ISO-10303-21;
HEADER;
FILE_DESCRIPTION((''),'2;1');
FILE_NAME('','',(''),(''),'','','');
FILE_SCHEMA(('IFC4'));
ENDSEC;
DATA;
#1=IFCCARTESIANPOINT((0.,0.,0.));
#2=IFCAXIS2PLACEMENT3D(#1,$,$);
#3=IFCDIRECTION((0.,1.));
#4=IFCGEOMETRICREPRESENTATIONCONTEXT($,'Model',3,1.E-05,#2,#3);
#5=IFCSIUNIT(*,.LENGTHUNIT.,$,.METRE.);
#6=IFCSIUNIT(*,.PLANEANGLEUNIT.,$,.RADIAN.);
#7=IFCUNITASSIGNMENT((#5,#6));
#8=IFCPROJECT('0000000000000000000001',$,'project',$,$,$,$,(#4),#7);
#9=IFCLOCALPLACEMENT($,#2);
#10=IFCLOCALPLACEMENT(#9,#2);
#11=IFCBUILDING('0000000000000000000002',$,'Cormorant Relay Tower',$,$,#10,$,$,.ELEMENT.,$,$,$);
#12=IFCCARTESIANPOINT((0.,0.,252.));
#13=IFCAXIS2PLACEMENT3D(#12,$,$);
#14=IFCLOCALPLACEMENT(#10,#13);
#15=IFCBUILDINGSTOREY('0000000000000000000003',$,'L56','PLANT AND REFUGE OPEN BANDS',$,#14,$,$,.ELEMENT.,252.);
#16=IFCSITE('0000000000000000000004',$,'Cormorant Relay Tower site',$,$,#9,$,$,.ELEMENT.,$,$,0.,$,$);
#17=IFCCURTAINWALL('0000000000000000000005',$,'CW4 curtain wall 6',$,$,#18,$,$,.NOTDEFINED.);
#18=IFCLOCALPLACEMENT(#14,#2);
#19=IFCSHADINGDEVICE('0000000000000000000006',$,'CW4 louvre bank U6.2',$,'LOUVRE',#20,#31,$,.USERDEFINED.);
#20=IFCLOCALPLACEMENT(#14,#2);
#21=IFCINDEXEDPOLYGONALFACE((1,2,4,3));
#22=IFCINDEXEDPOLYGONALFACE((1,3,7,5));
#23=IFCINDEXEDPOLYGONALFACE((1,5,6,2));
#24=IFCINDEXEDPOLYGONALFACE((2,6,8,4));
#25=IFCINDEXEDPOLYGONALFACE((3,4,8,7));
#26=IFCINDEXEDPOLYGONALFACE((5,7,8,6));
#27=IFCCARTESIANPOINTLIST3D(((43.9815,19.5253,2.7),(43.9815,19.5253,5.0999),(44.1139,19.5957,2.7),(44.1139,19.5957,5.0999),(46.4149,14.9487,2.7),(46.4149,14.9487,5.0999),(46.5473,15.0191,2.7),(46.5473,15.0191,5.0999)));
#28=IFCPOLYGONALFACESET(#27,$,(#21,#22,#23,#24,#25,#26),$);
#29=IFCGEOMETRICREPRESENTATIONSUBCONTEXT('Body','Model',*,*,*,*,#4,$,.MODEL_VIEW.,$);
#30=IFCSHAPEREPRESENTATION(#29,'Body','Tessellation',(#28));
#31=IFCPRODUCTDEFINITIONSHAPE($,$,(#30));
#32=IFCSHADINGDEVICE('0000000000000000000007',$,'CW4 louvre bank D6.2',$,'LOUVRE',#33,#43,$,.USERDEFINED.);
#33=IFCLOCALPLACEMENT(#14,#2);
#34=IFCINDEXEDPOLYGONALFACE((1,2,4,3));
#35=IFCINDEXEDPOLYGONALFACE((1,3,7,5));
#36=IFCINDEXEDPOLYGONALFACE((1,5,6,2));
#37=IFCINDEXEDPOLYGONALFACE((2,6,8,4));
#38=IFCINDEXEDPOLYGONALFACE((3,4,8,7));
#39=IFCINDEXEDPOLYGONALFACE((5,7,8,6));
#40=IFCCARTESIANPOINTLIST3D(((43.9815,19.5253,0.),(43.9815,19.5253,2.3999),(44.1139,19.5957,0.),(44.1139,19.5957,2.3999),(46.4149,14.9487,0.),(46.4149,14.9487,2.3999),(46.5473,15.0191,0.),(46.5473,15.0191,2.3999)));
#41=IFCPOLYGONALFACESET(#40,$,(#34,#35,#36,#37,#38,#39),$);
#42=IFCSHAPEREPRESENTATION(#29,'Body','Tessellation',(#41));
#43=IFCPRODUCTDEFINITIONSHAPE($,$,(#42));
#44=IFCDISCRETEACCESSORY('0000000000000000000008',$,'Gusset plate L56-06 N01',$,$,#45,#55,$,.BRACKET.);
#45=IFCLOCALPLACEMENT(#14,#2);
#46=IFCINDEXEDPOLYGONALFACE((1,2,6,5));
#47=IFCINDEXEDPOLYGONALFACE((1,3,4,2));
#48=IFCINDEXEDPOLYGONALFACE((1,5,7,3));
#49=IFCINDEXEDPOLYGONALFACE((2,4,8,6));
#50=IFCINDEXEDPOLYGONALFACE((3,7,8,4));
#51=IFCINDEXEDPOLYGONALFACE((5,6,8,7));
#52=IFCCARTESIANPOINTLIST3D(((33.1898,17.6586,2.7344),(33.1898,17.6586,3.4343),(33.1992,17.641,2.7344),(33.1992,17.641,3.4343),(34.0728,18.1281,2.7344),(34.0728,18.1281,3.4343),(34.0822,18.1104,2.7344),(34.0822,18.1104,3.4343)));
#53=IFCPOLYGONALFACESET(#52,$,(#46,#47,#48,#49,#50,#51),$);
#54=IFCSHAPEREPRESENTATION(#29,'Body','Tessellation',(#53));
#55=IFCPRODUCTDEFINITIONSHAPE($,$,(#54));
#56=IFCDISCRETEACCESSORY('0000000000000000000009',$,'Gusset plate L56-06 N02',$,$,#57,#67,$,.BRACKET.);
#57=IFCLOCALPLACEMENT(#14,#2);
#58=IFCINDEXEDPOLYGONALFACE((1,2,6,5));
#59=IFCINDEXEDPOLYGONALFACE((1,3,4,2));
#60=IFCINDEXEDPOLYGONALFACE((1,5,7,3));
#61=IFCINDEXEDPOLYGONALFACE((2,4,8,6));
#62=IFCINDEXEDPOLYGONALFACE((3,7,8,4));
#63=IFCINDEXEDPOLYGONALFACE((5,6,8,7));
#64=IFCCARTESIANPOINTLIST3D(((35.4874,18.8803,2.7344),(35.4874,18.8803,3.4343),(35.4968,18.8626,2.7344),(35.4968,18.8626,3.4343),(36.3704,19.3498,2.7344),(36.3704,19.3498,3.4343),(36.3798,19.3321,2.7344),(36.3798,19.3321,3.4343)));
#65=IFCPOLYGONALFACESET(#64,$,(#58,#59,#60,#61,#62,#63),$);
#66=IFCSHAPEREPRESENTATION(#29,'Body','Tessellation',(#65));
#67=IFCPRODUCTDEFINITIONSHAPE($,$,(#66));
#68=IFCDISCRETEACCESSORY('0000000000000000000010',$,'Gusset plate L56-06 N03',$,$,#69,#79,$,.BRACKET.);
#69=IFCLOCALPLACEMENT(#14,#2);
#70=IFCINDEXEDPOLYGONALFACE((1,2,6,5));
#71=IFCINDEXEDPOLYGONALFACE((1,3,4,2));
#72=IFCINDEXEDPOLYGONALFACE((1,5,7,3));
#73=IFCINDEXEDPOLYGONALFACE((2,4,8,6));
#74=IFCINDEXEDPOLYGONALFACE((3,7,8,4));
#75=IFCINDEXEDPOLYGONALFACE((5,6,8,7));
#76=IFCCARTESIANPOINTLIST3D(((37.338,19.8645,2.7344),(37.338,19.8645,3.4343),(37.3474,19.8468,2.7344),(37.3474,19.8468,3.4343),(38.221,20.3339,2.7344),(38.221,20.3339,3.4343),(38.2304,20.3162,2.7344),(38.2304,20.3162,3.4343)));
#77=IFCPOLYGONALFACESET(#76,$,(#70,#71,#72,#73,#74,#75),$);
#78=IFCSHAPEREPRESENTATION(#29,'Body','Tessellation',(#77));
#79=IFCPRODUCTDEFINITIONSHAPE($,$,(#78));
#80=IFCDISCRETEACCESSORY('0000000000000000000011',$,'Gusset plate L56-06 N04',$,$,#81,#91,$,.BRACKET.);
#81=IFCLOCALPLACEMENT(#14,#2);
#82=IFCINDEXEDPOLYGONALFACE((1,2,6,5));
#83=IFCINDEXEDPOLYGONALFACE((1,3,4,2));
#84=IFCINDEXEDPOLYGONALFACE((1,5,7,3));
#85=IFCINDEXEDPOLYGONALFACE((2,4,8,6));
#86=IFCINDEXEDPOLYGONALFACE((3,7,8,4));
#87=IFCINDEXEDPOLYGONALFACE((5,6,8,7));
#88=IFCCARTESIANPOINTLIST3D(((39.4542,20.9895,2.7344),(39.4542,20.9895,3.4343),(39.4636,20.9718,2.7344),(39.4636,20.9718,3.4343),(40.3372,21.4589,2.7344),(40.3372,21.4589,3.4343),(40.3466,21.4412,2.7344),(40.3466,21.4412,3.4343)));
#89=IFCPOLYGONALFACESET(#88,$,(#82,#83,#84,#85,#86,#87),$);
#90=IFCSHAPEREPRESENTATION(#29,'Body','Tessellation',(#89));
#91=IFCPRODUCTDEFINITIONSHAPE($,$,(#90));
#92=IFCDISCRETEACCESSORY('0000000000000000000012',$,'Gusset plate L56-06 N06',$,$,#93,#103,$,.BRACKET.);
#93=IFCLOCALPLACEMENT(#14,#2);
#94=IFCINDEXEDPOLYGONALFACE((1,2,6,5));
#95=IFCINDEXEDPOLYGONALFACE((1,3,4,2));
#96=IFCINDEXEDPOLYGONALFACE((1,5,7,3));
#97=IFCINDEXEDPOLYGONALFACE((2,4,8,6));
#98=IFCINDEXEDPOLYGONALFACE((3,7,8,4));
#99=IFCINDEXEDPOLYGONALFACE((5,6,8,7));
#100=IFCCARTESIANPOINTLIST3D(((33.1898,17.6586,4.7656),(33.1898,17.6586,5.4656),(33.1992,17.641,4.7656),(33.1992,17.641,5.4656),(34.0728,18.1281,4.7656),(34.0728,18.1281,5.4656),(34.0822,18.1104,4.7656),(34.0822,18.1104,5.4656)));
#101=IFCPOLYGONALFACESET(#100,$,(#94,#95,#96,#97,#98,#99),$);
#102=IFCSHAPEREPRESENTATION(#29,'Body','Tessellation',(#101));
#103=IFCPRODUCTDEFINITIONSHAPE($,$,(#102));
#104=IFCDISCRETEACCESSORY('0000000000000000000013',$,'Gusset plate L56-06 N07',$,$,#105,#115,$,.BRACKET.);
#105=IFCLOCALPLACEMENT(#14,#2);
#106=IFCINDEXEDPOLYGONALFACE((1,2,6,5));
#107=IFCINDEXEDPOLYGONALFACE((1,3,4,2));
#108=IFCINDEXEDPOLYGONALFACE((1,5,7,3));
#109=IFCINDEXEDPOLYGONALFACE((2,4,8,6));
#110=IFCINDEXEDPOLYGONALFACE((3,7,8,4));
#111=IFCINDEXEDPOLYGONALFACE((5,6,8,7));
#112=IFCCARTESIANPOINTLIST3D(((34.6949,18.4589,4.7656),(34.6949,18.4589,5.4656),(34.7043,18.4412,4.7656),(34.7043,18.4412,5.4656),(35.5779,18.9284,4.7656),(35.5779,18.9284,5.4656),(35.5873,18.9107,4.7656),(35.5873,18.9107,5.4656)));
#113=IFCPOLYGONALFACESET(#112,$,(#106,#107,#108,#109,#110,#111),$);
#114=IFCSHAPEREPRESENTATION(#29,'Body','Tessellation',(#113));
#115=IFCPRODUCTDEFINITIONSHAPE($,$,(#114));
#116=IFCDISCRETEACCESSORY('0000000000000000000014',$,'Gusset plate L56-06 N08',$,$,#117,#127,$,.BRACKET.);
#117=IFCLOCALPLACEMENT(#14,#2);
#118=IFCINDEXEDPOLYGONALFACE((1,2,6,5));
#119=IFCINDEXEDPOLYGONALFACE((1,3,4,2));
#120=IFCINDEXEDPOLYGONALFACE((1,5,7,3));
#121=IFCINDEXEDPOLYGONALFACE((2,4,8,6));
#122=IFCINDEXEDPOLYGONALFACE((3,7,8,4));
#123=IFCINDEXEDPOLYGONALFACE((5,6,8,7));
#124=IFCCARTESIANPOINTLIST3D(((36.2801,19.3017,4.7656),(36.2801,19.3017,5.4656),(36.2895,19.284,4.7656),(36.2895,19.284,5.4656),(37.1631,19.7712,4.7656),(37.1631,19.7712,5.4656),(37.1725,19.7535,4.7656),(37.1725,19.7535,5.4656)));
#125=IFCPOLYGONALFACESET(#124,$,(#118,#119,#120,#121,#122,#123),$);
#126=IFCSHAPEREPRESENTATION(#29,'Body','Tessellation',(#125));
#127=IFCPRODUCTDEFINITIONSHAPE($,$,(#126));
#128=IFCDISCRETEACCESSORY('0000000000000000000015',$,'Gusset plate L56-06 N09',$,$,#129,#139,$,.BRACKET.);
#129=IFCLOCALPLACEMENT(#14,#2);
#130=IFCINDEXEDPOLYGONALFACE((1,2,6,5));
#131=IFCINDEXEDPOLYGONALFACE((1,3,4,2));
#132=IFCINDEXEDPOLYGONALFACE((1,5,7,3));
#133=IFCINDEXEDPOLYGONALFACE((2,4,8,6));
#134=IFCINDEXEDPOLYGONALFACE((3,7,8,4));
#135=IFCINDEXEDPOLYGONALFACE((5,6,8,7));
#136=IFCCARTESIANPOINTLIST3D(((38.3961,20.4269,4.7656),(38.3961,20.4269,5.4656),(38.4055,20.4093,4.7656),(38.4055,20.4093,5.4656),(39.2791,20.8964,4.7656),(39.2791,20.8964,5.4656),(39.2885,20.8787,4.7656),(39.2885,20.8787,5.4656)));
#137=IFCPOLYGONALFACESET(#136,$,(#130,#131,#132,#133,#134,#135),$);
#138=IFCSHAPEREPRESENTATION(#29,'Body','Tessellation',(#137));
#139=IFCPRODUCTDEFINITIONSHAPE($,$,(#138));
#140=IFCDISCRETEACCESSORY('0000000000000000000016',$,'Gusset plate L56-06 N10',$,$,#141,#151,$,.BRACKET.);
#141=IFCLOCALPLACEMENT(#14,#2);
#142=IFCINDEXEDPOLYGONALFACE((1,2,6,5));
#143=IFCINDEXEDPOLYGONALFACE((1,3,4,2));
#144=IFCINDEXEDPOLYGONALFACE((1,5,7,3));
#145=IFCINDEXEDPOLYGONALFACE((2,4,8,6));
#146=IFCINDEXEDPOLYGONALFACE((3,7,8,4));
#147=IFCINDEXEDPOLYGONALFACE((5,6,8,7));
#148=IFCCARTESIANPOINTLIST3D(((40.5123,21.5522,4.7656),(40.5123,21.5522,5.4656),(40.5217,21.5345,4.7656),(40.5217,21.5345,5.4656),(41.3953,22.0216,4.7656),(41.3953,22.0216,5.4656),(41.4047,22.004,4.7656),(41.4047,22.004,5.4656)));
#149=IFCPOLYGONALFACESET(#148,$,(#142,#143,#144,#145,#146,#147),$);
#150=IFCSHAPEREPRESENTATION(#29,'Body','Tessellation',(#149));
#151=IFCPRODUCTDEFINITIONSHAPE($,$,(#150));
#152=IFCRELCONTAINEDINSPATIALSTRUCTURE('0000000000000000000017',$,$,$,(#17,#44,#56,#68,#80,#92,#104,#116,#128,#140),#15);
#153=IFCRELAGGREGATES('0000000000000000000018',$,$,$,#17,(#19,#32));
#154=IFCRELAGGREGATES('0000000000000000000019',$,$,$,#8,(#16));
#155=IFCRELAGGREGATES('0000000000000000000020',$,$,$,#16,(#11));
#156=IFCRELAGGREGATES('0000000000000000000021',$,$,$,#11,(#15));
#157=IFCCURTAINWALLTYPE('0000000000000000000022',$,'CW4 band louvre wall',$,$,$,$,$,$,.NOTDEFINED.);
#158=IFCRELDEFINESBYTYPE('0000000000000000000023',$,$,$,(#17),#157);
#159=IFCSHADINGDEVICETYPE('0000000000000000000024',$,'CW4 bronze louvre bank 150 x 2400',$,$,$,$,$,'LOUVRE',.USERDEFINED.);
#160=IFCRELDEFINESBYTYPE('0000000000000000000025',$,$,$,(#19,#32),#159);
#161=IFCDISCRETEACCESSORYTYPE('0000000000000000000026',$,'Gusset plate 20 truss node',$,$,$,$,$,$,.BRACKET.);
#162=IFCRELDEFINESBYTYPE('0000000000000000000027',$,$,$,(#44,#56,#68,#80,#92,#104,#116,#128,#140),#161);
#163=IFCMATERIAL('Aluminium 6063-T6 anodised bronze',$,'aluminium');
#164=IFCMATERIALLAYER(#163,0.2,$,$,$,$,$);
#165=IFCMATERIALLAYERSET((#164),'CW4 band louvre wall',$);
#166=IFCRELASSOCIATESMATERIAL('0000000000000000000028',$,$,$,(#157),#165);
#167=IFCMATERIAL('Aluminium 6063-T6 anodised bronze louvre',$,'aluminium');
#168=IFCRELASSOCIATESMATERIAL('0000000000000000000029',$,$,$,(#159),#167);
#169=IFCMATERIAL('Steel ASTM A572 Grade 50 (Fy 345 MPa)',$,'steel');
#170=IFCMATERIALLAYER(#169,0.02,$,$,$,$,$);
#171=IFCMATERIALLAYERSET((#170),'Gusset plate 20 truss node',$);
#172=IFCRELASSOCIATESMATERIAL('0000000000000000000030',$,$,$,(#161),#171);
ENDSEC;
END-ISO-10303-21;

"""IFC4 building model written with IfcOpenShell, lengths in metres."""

from ifc_helpers import new_model, si_unit, direction, frame, origin, origin_2d, place, context, subcontext, project, spatial, rectangle, extrude, material, layer, layer_set, type_object, element, aggregate, save


model = new_model("IFC4")

# Units and contexts
model_context = context("Model", 3, precision=1e-05, world=origin(), true_north=direction((0.0, 1.0)))
body_context = subcontext(model_context, "Body", "Model", "MODEL_VIEW")
ifc_project = project(units=[si_unit("LENGTHUNIT", "METRE"), si_unit("PLANEANGLEUNIT", "RADIAN")], contexts=[model_context])

# Site, building, storey
site_placement = place(None, origin())
site = spatial("IfcSite", under=ifc_project, at=site_placement, Name="Cormorant Relay Tower site", CompositionType="ELEMENT", RefElevation=0.0)
building_placement = place(site_placement, origin())
building = spatial("IfcBuilding", under=site, at=building_placement, Name="Cormorant Relay Tower", CompositionType="ELEMENT")
storey_placement = place(building_placement, frame((0.0, 0.0, 252.0)))
storey = spatial("IfcBuildingStorey", under=building, at=storey_placement, Name="L56", Description="PLANT AND REFUGE OPEN BANDS", CompositionType="ELEMENT", Elevation=252.0)

# Curtain wall
ifc_material_1 = material(Name="Aluminium 6063-T6 anodised bronze", Category="aluminium")
ifc_layer_1 = layer(ifc_material_1, 0.2)
ifc_layer_set_1 = layer_set([ifc_layer_1], Name="CW4 band louvre wall")
curtain_wall_type = type_object("IfcCurtainWallType", Name="CW4 band louvre wall", PredefinedType="NOTDEFINED", material=ifc_layer_set_1)
curtain_wall_placement = place(storey_placement, origin())
curtain_wall = element("IfcCurtainWall", 1, at=curtain_wall_placement, inside=storey, type_object=curtain_wall_type, Name="CW4 curtain wall 6", PredefinedType="NOTDEFINED")

# Shading devices
ifc_material_2 = material(Name="Aluminium 6063-T6 anodised bronze louvre", Category="aluminium")
shading_device_type = type_object("IfcShadingDeviceType", Name="CW4 bronze louvre bank 150 x 2400", ElementType="LOUVRE", PredefinedType="USERDEFINED", material=ifc_material_2)
shading_device_1_placement = place(storey_placement, frame((45.2644, 17.2722, 2.7), z_axis=(0.0, 0.0, 1.0), x_axis=(-0.469472, 0.882948, 0.0)))
shading_device_1 = element("IfcShadingDevice", 2, at=shading_device_1_placement, type_object=shading_device_type, Name="CW4 louvre bank U6.2", ObjectType="LOUVRE", PredefinedType="USERDEFINED", context=body_context, shape_type="SweptSolid", body=[
    extrude(rectangle(XDim=5.1833, YDim=0.1499, at=origin_2d()), origin(), (0.0, 0.0, 1.0), 2.3999),
])
shading_device_2_placement = place(storey_placement, frame((45.2644, 17.2722, 0.0), z_axis=(0.0, 0.0, 1.0), x_axis=(-0.469472, 0.882948, 0.0)))
shading_device_2 = element("IfcShadingDevice", 3, at=shading_device_2_placement, type_object=shading_device_type, Name="CW4 louvre bank D6.2", ObjectType="LOUVRE", PredefinedType="USERDEFINED", context=body_context, shape_type="SweptSolid", body=[
    extrude(rectangle(XDim=5.1833, YDim=0.1499, at=origin_2d()), origin(), (0.0, 0.0, 1.0), 2.3999),
])
aggregate(curtain_wall, [shading_device_1, shading_device_2])

# Discrete accessories
ifc_material_3 = material(Name="Steel ASTM A572 Grade 50 (Fy 345 MPa)", Category="steel")
ifc_layer_2 = layer(ifc_material_3, 0.02)
ifc_layer_set_2 = layer_set([ifc_layer_2], Name="Gusset plate 20 truss node")
discrete_accessory_type = type_object("IfcDiscreteAccessoryType", Name="Gusset plate 20 truss node", PredefinedType="BRACKET", material=ifc_layer_set_2)
for number, where, z_axis, x_axis, name in (
    (4, (33.636, 17.8845, 2.7344), (0.0, 0.0, 1.0), (0.882959, 0.46945, 0.0), "Gusset plate L56-06 N01"),
    (5, (35.9336, 19.1062, 2.7344), (0.0, 0.0, 1.0), (0.882959, 0.46945, 0.0), "Gusset plate L56-06 N02"),
    (6, (37.7842, 20.0903, 2.7344), (0.0, 0.0, 1.0), (0.882966, 0.469438, 0.0), "Gusset plate L56-06 N03"),
    (7, (39.9004, 21.2153, 2.7344), (0.0, 0.0, 1.0), (0.882966, 0.469438, 0.0), "Gusset plate L56-06 N04"),
    (8, (33.636, 17.8845, 4.7656), (0.0, 0.0, 1.0), (0.882957, 0.469455, 0.0), "Gusset plate L56-06 N06"),
    (9, (35.1411, 18.6848, 4.7656), (0.0, 0.0, 1.0), (0.882957, 0.469455, 0.0), "Gusset plate L56-06 N07"),
    (10, (36.7263, 19.5276, 4.7656), (0.0, 0.0, 1.0), (0.882948, 0.46947, 0.0), "Gusset plate L56-06 N08"),
    (11, (38.8423, 20.6528, 4.7656), (0.0, 0.0, 1.0), (0.882948, 0.46947, 0.0), "Gusset plate L56-06 N09"),
    (12, (40.9585, 21.7781, 4.7656), (0.0, 0.0, 1.0), (0.882957, 0.469455, 0.0), "Gusset plate L56-06 N10"),
):
    element("IfcDiscreteAccessory", number, at=place(storey_placement, frame(where, z_axis=z_axis, x_axis=x_axis)), inside=storey, type_object=discrete_accessory_type, Name=name, PredefinedType="BRACKET", context=body_context, shape_type="SweptSolid", body=[
        extrude(rectangle(XDim=1.0, YDim=0.02, at=origin_2d()), origin(), (0.0, 0.0, 1.0), 0.7),
    ])

save(model, "model.ifc")
